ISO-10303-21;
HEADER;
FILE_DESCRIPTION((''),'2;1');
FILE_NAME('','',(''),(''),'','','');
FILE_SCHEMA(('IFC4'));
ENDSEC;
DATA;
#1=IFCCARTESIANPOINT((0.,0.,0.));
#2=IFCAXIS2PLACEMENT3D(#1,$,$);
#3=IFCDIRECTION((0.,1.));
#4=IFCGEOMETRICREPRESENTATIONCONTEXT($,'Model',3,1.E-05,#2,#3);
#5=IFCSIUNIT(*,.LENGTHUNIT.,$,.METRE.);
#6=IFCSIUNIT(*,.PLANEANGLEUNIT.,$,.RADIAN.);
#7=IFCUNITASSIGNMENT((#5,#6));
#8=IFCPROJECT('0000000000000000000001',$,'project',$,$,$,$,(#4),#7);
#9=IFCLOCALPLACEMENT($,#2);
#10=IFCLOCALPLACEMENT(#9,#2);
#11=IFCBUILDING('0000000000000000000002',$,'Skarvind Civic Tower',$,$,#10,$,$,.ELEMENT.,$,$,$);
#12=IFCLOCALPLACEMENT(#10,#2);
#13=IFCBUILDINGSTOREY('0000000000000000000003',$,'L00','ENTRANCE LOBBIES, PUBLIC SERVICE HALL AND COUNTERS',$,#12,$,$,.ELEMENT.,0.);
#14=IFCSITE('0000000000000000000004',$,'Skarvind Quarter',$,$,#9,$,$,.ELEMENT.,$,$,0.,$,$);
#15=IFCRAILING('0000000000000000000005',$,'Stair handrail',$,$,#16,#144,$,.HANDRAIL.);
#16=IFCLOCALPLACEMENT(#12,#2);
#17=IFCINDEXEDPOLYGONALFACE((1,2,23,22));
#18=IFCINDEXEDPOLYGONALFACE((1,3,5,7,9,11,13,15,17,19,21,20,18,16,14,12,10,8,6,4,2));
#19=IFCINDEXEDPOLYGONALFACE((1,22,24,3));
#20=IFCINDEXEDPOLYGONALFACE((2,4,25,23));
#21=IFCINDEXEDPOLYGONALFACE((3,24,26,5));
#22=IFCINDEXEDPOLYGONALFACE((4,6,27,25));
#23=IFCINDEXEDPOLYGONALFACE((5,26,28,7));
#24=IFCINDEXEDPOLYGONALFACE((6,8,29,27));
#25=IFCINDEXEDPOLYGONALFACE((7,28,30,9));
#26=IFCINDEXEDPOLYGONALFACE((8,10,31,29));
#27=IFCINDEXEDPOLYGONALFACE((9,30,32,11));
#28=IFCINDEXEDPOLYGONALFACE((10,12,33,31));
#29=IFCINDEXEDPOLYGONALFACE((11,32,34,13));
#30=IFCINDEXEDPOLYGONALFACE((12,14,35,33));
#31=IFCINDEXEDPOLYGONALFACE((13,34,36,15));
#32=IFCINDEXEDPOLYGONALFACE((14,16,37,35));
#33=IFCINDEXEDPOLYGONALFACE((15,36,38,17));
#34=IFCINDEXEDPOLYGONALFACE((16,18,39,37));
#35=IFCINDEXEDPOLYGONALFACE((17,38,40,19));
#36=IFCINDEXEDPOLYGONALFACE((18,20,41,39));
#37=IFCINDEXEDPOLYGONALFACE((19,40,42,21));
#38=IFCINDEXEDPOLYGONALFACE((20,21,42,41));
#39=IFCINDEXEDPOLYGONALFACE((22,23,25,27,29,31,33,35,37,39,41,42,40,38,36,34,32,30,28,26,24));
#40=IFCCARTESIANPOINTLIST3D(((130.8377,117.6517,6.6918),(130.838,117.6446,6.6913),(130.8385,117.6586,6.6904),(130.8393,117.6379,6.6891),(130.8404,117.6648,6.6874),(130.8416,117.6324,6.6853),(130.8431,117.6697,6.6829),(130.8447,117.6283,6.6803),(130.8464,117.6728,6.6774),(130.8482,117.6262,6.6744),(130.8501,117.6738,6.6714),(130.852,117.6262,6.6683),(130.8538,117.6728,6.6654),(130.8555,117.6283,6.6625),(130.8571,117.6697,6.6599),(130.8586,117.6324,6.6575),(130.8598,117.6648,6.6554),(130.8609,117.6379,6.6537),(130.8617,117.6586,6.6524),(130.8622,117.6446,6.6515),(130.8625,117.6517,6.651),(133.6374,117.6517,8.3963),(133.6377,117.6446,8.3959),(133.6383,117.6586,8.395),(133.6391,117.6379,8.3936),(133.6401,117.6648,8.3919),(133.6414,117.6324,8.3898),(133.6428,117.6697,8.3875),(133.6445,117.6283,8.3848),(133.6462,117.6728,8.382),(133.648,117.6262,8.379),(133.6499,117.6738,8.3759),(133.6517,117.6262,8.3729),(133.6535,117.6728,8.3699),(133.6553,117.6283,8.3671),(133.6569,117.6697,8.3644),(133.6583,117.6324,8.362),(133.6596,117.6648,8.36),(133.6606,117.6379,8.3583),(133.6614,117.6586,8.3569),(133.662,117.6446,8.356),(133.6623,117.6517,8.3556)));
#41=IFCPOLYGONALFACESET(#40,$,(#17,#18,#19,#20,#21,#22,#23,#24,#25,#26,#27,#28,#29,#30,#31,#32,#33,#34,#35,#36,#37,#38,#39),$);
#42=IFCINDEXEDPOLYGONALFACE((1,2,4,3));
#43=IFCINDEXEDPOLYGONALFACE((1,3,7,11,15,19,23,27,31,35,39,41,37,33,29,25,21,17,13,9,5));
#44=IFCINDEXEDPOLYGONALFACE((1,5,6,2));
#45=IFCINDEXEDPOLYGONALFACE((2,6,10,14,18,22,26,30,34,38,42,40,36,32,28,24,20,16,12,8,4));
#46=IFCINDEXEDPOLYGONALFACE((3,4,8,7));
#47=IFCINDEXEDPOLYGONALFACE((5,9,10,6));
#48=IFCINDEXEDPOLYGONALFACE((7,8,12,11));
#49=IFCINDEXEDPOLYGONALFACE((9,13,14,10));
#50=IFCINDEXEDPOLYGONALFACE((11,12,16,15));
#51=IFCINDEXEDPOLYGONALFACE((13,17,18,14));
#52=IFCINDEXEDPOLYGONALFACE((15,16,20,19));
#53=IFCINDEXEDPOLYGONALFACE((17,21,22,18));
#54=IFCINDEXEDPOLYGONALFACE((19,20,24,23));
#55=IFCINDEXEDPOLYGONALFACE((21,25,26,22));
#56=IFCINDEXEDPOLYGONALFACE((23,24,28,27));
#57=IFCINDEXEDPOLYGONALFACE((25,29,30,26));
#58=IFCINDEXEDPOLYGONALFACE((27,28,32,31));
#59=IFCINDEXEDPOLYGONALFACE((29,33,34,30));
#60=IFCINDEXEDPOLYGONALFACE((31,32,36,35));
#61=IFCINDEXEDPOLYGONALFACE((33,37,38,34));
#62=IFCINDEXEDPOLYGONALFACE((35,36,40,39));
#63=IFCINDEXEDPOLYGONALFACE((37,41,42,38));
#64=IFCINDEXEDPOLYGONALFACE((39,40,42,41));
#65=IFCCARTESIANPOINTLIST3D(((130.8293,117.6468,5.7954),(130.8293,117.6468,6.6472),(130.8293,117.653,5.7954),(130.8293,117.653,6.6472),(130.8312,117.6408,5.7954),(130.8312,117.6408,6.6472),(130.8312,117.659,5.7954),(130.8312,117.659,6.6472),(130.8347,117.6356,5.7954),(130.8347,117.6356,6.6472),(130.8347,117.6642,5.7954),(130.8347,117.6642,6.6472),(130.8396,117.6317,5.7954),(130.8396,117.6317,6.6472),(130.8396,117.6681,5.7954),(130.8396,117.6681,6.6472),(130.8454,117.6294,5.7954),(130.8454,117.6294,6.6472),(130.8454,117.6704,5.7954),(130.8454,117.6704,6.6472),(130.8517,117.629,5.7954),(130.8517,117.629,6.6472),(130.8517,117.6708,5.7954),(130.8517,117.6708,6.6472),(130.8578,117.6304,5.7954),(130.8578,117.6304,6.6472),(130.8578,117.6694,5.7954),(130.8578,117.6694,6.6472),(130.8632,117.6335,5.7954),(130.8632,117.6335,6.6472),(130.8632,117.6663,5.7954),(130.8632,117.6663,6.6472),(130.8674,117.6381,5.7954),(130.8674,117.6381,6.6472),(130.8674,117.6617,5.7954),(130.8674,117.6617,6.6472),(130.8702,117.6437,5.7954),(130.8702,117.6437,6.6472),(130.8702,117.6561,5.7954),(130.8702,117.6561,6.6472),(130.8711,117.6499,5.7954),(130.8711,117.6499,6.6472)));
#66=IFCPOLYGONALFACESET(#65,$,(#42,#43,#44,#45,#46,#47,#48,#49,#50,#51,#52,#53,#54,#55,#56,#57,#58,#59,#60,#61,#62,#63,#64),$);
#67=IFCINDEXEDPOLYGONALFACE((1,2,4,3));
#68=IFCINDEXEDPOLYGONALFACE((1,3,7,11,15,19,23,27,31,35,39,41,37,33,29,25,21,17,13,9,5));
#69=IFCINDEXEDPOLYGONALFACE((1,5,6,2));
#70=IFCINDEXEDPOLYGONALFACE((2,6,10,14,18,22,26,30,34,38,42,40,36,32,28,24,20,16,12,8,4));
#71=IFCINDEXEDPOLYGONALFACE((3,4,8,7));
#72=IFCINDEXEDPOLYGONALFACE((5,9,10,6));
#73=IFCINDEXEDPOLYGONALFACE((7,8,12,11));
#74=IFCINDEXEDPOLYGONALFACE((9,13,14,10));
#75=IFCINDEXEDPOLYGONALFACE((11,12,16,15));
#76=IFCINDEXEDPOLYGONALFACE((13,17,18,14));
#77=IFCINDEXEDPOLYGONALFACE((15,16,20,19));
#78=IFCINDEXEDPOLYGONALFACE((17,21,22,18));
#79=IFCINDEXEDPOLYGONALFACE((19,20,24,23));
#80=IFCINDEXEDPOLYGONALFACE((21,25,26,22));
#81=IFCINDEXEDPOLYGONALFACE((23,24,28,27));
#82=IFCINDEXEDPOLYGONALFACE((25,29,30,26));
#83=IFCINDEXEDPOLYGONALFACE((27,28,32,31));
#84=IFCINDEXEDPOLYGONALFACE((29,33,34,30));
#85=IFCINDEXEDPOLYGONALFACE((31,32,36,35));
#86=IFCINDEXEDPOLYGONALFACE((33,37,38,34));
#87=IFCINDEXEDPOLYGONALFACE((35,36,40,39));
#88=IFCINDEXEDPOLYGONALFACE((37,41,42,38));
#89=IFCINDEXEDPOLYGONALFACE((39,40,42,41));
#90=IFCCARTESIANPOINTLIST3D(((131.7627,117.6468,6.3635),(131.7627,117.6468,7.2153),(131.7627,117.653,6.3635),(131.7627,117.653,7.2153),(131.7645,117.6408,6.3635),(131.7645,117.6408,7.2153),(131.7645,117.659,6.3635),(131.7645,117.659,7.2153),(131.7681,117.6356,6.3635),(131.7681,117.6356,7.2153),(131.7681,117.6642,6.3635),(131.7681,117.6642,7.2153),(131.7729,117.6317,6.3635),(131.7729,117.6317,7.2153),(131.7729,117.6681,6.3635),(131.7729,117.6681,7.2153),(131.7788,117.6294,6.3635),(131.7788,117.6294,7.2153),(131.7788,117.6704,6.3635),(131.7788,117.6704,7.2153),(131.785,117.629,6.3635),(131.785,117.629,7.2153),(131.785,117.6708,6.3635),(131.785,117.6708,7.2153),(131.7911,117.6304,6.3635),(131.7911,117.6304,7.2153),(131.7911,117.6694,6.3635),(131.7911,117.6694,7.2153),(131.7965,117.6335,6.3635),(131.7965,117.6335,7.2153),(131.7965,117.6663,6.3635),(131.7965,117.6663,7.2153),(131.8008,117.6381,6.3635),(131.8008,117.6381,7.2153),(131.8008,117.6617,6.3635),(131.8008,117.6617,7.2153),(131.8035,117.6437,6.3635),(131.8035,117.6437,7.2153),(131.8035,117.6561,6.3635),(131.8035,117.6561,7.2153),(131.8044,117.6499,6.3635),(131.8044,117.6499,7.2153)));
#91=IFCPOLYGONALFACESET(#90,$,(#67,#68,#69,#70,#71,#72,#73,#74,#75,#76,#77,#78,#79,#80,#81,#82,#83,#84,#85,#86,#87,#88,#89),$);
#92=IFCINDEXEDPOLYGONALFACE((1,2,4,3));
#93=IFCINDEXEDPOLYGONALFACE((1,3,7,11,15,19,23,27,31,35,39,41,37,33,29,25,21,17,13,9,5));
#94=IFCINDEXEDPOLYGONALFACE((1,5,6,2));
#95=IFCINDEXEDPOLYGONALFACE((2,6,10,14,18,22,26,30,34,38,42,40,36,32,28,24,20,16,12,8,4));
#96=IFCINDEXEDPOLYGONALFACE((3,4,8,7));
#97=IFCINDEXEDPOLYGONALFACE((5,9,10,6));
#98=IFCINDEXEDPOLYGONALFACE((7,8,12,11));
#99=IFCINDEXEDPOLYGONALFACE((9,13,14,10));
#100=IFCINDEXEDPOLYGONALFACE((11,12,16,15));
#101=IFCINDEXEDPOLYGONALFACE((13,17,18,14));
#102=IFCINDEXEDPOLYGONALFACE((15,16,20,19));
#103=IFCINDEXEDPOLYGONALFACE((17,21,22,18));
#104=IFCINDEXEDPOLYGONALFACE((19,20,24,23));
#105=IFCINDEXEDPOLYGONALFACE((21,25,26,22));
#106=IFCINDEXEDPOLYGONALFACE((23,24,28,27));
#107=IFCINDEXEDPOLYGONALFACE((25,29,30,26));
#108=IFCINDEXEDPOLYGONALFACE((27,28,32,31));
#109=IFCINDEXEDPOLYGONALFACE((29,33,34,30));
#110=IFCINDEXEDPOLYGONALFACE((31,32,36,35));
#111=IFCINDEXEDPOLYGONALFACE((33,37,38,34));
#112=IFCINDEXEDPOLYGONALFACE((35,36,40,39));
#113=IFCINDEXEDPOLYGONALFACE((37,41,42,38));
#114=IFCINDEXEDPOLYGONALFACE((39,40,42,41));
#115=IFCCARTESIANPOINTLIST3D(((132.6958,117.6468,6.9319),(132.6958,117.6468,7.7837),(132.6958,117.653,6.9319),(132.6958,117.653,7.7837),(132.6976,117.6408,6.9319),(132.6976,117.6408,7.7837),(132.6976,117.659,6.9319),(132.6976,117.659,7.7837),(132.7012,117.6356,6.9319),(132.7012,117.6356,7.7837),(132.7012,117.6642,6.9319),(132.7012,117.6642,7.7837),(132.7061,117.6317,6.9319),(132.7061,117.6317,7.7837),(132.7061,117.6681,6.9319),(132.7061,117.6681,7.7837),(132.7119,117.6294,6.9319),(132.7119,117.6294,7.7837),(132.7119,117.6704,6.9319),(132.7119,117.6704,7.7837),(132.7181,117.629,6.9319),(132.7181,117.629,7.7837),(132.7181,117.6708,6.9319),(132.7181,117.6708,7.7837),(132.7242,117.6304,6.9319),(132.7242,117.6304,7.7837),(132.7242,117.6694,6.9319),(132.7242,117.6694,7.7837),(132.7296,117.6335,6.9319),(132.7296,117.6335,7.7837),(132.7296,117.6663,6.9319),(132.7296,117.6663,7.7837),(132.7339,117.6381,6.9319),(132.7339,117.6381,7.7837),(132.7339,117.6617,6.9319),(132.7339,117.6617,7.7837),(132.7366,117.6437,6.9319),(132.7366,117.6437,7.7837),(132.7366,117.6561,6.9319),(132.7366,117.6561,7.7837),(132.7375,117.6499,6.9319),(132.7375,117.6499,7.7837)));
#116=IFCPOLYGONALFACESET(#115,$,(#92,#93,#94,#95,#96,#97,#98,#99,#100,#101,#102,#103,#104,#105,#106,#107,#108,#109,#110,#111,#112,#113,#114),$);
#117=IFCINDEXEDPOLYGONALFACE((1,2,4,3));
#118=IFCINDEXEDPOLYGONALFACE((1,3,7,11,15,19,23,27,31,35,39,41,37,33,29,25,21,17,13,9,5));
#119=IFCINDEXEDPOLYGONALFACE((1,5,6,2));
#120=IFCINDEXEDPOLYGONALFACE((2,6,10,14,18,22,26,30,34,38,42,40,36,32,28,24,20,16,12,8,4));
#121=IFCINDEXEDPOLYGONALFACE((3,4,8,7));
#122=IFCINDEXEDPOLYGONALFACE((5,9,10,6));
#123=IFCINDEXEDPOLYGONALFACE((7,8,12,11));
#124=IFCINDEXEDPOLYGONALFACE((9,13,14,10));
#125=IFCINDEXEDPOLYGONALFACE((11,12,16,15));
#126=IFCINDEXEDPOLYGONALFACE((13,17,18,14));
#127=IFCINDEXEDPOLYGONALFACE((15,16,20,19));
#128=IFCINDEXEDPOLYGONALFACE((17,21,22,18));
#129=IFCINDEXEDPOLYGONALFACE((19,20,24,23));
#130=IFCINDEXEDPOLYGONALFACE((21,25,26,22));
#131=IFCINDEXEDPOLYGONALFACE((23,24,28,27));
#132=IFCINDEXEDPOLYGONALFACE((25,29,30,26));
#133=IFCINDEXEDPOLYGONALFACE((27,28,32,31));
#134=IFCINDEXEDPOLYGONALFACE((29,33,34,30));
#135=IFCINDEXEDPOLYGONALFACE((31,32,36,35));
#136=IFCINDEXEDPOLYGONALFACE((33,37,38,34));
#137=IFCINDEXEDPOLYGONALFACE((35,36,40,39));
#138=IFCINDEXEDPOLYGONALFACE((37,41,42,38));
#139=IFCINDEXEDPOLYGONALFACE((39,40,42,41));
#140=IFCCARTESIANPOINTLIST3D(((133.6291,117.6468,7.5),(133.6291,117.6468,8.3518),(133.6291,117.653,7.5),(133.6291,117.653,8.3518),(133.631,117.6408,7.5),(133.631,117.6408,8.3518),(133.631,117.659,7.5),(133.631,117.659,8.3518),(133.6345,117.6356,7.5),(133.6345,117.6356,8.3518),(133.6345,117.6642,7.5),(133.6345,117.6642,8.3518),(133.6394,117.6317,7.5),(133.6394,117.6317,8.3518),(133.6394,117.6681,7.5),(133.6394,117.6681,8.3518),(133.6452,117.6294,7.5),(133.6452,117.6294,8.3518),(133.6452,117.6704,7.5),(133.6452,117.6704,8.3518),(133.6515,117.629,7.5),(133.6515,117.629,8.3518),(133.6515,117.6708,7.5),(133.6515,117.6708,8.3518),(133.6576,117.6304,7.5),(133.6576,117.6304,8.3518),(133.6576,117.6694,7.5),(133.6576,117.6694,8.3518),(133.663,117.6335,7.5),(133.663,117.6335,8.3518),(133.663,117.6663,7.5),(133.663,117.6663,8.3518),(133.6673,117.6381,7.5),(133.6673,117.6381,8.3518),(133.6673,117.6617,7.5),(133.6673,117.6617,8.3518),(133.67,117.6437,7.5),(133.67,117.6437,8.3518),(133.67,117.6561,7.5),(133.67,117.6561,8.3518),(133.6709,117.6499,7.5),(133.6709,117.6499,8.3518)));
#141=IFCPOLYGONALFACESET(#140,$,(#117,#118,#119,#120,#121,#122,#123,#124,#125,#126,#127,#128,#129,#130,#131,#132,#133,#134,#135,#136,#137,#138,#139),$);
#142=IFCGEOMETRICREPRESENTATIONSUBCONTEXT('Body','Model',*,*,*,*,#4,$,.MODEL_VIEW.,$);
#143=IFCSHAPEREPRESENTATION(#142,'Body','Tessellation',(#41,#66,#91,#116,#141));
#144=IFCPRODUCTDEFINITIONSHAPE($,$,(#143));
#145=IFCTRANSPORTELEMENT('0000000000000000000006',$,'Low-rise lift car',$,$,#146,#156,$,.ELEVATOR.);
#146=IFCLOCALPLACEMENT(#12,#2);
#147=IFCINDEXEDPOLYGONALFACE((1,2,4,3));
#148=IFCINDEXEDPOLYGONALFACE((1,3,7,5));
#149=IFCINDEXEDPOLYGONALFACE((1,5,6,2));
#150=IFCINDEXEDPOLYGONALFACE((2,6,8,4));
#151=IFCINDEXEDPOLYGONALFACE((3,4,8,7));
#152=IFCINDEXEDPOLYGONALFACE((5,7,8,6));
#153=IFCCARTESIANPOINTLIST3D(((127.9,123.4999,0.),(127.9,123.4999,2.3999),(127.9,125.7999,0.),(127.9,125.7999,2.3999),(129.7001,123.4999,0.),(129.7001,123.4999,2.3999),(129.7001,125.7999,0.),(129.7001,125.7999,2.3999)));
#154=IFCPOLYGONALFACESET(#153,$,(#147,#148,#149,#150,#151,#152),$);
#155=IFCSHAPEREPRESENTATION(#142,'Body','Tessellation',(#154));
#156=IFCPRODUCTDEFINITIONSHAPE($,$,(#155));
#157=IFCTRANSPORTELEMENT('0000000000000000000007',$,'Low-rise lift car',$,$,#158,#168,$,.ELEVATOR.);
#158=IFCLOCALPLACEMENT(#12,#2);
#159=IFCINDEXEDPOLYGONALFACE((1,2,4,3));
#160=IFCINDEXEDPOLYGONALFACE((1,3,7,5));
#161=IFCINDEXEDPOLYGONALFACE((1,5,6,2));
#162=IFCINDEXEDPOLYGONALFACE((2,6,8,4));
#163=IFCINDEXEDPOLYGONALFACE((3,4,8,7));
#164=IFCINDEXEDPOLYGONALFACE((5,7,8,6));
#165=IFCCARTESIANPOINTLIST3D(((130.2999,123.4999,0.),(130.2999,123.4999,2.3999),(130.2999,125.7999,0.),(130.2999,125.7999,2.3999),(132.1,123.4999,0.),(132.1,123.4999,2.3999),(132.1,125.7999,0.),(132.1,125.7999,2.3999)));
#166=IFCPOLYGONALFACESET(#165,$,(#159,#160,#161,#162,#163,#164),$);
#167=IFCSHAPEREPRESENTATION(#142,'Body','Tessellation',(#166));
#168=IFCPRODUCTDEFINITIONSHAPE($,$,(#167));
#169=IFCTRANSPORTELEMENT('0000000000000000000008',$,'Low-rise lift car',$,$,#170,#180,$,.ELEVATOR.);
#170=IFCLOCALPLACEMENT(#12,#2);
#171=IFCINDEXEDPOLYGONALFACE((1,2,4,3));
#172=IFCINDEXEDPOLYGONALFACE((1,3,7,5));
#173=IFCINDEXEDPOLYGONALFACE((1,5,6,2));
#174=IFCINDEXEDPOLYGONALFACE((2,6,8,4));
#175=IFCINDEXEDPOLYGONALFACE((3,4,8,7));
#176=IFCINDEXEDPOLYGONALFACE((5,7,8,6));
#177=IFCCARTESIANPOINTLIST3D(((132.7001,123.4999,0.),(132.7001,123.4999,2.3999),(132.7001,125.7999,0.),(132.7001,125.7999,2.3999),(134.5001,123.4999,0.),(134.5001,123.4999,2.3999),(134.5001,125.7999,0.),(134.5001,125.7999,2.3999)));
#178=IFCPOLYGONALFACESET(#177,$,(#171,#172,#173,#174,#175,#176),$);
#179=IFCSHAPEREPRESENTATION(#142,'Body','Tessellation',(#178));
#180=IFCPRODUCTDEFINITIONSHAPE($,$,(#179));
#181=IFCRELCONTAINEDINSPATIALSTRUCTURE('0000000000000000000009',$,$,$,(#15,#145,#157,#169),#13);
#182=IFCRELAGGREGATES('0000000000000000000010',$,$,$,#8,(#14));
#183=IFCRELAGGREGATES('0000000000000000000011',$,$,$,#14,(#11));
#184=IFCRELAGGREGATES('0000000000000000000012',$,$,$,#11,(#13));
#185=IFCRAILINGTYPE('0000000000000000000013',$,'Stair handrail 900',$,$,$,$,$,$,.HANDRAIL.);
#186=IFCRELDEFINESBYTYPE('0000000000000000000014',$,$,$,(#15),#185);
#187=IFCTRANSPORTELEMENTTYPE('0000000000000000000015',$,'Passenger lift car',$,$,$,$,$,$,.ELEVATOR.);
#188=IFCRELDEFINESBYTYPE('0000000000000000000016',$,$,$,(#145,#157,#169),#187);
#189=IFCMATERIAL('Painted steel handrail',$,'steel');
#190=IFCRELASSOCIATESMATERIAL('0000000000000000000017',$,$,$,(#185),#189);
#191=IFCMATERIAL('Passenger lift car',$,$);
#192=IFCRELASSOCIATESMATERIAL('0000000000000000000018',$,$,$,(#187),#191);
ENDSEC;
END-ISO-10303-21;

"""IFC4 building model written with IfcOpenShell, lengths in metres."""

from ifc_helpers import new_model, si_unit, direction, frame, origin, origin_2d, place, context, subcontext, project, spatial, rectangle, circle, extrude, material, type_object, element, save


model = new_model("IFC4")

# Units and contexts
model_context = context("Model", 3, precision=1e-05, world=origin(), true_north=direction((0.0, 1.0)))
body_context = subcontext(model_context, "Body", "Model", "MODEL_VIEW")
ifc_project = project(units=[si_unit("LENGTHUNIT", "METRE"), si_unit("PLANEANGLEUNIT", "RADIAN")], contexts=[model_context])

# Site, building, storey
site_placement = place(None, origin())
site = spatial("IfcSite", under=ifc_project, at=site_placement, Name="Skarvind Quarter", CompositionType="ELEMENT", RefElevation=0.0)
building_placement = place(site_placement, origin())
building = spatial("IfcBuilding", under=site, at=building_placement, Name="Skarvind Civic Tower", CompositionType="ELEMENT")
storey_placement = place(building_placement, origin())
storey = spatial("IfcBuildingStorey", under=building, at=storey_placement, Name="L00", Description="ENTRANCE LOBBIES, PUBLIC SERVICE HALL AND COUNTERS", CompositionType="ELEMENT", Elevation=0.0)

# Railing
ifc_material_1 = material(Name="Painted steel handrail", Category="steel")
railing_type = type_object("IfcRailingType", Name="Stair handrail 900", PredefinedType="HANDRAIL", material=ifc_material_1)
for number, where, name in (
    (1, (130.8501, 117.6499, 5.7954), "Stair handrail"),
):
    element("IfcRailing", number, at=place(storey_placement, frame(where)), inside=storey, type_object=railing_type, Name=name, PredefinedType="HANDRAIL", context=body_context, shape_type="SweptSolid", body=[
        extrude(circle(Radius=0.0239, at=origin_2d()), frame((0.0, 0.0, 0.876), z_axis=(0.85415, 0.0, 0.520027), x_axis=(0.0, 1.0, 0.0)), (0.0, 0.0, 1.0), 3.2778),
        extrude(circle(Radius=0.021, at=origin_2d()), origin(), (0.0, 0.0, 1.0), 0.8518),
        extrude(circle(Radius=0.021, at=origin_2d()), frame((0.9333, 0.0, 0.5681)), (0.0, 0.0, 1.0), 0.8518),
        extrude(circle(Radius=0.021, at=origin_2d()), frame((1.8665, 0.0, 1.1365)), (0.0, 0.0, 1.0), 0.8518),
        extrude(circle(Radius=0.021, at=origin_2d()), frame((2.7998, 0.0, 1.7046)), (0.0, 0.0, 1.0), 0.8518),
    ])

# Transport elements
ifc_material_2 = material(Name="Passenger lift car")
transport_element_type = type_object("IfcTransportElementType", Name="Passenger lift car", PredefinedType="ELEVATOR", material=ifc_material_2)
for number, where, z_axis, x_axis, name in (
    (2, (128.8, 124.6499, 0.0), (0.0, 0.0, 1.0), (1.0, 0.0, 0.0), "Low-rise lift car"),
    (3, (131.2, 124.6499, 0.0), (0.0, 0.0, 1.0), (1.0, 0.0, 0.0), "Low-rise lift car"),
    (4, (133.6001, 124.6499, 0.0), (0.0, 0.0, 1.0), (1.0, 0.0, 0.0), "Low-rise lift car"),
):
    element("IfcTransportElement", number, at=place(storey_placement, frame(where, z_axis=z_axis, x_axis=x_axis)), inside=storey, type_object=transport_element_type, Name=name, PredefinedType="ELEVATOR", context=body_context, shape_type="SweptSolid", body=[
        extrude(rectangle(XDim=1.8, YDim=2.3, at=origin_2d()), origin(), (0.0, 0.0, 1.0), 2.3999),
    ])

save(model, "model.ifc")
